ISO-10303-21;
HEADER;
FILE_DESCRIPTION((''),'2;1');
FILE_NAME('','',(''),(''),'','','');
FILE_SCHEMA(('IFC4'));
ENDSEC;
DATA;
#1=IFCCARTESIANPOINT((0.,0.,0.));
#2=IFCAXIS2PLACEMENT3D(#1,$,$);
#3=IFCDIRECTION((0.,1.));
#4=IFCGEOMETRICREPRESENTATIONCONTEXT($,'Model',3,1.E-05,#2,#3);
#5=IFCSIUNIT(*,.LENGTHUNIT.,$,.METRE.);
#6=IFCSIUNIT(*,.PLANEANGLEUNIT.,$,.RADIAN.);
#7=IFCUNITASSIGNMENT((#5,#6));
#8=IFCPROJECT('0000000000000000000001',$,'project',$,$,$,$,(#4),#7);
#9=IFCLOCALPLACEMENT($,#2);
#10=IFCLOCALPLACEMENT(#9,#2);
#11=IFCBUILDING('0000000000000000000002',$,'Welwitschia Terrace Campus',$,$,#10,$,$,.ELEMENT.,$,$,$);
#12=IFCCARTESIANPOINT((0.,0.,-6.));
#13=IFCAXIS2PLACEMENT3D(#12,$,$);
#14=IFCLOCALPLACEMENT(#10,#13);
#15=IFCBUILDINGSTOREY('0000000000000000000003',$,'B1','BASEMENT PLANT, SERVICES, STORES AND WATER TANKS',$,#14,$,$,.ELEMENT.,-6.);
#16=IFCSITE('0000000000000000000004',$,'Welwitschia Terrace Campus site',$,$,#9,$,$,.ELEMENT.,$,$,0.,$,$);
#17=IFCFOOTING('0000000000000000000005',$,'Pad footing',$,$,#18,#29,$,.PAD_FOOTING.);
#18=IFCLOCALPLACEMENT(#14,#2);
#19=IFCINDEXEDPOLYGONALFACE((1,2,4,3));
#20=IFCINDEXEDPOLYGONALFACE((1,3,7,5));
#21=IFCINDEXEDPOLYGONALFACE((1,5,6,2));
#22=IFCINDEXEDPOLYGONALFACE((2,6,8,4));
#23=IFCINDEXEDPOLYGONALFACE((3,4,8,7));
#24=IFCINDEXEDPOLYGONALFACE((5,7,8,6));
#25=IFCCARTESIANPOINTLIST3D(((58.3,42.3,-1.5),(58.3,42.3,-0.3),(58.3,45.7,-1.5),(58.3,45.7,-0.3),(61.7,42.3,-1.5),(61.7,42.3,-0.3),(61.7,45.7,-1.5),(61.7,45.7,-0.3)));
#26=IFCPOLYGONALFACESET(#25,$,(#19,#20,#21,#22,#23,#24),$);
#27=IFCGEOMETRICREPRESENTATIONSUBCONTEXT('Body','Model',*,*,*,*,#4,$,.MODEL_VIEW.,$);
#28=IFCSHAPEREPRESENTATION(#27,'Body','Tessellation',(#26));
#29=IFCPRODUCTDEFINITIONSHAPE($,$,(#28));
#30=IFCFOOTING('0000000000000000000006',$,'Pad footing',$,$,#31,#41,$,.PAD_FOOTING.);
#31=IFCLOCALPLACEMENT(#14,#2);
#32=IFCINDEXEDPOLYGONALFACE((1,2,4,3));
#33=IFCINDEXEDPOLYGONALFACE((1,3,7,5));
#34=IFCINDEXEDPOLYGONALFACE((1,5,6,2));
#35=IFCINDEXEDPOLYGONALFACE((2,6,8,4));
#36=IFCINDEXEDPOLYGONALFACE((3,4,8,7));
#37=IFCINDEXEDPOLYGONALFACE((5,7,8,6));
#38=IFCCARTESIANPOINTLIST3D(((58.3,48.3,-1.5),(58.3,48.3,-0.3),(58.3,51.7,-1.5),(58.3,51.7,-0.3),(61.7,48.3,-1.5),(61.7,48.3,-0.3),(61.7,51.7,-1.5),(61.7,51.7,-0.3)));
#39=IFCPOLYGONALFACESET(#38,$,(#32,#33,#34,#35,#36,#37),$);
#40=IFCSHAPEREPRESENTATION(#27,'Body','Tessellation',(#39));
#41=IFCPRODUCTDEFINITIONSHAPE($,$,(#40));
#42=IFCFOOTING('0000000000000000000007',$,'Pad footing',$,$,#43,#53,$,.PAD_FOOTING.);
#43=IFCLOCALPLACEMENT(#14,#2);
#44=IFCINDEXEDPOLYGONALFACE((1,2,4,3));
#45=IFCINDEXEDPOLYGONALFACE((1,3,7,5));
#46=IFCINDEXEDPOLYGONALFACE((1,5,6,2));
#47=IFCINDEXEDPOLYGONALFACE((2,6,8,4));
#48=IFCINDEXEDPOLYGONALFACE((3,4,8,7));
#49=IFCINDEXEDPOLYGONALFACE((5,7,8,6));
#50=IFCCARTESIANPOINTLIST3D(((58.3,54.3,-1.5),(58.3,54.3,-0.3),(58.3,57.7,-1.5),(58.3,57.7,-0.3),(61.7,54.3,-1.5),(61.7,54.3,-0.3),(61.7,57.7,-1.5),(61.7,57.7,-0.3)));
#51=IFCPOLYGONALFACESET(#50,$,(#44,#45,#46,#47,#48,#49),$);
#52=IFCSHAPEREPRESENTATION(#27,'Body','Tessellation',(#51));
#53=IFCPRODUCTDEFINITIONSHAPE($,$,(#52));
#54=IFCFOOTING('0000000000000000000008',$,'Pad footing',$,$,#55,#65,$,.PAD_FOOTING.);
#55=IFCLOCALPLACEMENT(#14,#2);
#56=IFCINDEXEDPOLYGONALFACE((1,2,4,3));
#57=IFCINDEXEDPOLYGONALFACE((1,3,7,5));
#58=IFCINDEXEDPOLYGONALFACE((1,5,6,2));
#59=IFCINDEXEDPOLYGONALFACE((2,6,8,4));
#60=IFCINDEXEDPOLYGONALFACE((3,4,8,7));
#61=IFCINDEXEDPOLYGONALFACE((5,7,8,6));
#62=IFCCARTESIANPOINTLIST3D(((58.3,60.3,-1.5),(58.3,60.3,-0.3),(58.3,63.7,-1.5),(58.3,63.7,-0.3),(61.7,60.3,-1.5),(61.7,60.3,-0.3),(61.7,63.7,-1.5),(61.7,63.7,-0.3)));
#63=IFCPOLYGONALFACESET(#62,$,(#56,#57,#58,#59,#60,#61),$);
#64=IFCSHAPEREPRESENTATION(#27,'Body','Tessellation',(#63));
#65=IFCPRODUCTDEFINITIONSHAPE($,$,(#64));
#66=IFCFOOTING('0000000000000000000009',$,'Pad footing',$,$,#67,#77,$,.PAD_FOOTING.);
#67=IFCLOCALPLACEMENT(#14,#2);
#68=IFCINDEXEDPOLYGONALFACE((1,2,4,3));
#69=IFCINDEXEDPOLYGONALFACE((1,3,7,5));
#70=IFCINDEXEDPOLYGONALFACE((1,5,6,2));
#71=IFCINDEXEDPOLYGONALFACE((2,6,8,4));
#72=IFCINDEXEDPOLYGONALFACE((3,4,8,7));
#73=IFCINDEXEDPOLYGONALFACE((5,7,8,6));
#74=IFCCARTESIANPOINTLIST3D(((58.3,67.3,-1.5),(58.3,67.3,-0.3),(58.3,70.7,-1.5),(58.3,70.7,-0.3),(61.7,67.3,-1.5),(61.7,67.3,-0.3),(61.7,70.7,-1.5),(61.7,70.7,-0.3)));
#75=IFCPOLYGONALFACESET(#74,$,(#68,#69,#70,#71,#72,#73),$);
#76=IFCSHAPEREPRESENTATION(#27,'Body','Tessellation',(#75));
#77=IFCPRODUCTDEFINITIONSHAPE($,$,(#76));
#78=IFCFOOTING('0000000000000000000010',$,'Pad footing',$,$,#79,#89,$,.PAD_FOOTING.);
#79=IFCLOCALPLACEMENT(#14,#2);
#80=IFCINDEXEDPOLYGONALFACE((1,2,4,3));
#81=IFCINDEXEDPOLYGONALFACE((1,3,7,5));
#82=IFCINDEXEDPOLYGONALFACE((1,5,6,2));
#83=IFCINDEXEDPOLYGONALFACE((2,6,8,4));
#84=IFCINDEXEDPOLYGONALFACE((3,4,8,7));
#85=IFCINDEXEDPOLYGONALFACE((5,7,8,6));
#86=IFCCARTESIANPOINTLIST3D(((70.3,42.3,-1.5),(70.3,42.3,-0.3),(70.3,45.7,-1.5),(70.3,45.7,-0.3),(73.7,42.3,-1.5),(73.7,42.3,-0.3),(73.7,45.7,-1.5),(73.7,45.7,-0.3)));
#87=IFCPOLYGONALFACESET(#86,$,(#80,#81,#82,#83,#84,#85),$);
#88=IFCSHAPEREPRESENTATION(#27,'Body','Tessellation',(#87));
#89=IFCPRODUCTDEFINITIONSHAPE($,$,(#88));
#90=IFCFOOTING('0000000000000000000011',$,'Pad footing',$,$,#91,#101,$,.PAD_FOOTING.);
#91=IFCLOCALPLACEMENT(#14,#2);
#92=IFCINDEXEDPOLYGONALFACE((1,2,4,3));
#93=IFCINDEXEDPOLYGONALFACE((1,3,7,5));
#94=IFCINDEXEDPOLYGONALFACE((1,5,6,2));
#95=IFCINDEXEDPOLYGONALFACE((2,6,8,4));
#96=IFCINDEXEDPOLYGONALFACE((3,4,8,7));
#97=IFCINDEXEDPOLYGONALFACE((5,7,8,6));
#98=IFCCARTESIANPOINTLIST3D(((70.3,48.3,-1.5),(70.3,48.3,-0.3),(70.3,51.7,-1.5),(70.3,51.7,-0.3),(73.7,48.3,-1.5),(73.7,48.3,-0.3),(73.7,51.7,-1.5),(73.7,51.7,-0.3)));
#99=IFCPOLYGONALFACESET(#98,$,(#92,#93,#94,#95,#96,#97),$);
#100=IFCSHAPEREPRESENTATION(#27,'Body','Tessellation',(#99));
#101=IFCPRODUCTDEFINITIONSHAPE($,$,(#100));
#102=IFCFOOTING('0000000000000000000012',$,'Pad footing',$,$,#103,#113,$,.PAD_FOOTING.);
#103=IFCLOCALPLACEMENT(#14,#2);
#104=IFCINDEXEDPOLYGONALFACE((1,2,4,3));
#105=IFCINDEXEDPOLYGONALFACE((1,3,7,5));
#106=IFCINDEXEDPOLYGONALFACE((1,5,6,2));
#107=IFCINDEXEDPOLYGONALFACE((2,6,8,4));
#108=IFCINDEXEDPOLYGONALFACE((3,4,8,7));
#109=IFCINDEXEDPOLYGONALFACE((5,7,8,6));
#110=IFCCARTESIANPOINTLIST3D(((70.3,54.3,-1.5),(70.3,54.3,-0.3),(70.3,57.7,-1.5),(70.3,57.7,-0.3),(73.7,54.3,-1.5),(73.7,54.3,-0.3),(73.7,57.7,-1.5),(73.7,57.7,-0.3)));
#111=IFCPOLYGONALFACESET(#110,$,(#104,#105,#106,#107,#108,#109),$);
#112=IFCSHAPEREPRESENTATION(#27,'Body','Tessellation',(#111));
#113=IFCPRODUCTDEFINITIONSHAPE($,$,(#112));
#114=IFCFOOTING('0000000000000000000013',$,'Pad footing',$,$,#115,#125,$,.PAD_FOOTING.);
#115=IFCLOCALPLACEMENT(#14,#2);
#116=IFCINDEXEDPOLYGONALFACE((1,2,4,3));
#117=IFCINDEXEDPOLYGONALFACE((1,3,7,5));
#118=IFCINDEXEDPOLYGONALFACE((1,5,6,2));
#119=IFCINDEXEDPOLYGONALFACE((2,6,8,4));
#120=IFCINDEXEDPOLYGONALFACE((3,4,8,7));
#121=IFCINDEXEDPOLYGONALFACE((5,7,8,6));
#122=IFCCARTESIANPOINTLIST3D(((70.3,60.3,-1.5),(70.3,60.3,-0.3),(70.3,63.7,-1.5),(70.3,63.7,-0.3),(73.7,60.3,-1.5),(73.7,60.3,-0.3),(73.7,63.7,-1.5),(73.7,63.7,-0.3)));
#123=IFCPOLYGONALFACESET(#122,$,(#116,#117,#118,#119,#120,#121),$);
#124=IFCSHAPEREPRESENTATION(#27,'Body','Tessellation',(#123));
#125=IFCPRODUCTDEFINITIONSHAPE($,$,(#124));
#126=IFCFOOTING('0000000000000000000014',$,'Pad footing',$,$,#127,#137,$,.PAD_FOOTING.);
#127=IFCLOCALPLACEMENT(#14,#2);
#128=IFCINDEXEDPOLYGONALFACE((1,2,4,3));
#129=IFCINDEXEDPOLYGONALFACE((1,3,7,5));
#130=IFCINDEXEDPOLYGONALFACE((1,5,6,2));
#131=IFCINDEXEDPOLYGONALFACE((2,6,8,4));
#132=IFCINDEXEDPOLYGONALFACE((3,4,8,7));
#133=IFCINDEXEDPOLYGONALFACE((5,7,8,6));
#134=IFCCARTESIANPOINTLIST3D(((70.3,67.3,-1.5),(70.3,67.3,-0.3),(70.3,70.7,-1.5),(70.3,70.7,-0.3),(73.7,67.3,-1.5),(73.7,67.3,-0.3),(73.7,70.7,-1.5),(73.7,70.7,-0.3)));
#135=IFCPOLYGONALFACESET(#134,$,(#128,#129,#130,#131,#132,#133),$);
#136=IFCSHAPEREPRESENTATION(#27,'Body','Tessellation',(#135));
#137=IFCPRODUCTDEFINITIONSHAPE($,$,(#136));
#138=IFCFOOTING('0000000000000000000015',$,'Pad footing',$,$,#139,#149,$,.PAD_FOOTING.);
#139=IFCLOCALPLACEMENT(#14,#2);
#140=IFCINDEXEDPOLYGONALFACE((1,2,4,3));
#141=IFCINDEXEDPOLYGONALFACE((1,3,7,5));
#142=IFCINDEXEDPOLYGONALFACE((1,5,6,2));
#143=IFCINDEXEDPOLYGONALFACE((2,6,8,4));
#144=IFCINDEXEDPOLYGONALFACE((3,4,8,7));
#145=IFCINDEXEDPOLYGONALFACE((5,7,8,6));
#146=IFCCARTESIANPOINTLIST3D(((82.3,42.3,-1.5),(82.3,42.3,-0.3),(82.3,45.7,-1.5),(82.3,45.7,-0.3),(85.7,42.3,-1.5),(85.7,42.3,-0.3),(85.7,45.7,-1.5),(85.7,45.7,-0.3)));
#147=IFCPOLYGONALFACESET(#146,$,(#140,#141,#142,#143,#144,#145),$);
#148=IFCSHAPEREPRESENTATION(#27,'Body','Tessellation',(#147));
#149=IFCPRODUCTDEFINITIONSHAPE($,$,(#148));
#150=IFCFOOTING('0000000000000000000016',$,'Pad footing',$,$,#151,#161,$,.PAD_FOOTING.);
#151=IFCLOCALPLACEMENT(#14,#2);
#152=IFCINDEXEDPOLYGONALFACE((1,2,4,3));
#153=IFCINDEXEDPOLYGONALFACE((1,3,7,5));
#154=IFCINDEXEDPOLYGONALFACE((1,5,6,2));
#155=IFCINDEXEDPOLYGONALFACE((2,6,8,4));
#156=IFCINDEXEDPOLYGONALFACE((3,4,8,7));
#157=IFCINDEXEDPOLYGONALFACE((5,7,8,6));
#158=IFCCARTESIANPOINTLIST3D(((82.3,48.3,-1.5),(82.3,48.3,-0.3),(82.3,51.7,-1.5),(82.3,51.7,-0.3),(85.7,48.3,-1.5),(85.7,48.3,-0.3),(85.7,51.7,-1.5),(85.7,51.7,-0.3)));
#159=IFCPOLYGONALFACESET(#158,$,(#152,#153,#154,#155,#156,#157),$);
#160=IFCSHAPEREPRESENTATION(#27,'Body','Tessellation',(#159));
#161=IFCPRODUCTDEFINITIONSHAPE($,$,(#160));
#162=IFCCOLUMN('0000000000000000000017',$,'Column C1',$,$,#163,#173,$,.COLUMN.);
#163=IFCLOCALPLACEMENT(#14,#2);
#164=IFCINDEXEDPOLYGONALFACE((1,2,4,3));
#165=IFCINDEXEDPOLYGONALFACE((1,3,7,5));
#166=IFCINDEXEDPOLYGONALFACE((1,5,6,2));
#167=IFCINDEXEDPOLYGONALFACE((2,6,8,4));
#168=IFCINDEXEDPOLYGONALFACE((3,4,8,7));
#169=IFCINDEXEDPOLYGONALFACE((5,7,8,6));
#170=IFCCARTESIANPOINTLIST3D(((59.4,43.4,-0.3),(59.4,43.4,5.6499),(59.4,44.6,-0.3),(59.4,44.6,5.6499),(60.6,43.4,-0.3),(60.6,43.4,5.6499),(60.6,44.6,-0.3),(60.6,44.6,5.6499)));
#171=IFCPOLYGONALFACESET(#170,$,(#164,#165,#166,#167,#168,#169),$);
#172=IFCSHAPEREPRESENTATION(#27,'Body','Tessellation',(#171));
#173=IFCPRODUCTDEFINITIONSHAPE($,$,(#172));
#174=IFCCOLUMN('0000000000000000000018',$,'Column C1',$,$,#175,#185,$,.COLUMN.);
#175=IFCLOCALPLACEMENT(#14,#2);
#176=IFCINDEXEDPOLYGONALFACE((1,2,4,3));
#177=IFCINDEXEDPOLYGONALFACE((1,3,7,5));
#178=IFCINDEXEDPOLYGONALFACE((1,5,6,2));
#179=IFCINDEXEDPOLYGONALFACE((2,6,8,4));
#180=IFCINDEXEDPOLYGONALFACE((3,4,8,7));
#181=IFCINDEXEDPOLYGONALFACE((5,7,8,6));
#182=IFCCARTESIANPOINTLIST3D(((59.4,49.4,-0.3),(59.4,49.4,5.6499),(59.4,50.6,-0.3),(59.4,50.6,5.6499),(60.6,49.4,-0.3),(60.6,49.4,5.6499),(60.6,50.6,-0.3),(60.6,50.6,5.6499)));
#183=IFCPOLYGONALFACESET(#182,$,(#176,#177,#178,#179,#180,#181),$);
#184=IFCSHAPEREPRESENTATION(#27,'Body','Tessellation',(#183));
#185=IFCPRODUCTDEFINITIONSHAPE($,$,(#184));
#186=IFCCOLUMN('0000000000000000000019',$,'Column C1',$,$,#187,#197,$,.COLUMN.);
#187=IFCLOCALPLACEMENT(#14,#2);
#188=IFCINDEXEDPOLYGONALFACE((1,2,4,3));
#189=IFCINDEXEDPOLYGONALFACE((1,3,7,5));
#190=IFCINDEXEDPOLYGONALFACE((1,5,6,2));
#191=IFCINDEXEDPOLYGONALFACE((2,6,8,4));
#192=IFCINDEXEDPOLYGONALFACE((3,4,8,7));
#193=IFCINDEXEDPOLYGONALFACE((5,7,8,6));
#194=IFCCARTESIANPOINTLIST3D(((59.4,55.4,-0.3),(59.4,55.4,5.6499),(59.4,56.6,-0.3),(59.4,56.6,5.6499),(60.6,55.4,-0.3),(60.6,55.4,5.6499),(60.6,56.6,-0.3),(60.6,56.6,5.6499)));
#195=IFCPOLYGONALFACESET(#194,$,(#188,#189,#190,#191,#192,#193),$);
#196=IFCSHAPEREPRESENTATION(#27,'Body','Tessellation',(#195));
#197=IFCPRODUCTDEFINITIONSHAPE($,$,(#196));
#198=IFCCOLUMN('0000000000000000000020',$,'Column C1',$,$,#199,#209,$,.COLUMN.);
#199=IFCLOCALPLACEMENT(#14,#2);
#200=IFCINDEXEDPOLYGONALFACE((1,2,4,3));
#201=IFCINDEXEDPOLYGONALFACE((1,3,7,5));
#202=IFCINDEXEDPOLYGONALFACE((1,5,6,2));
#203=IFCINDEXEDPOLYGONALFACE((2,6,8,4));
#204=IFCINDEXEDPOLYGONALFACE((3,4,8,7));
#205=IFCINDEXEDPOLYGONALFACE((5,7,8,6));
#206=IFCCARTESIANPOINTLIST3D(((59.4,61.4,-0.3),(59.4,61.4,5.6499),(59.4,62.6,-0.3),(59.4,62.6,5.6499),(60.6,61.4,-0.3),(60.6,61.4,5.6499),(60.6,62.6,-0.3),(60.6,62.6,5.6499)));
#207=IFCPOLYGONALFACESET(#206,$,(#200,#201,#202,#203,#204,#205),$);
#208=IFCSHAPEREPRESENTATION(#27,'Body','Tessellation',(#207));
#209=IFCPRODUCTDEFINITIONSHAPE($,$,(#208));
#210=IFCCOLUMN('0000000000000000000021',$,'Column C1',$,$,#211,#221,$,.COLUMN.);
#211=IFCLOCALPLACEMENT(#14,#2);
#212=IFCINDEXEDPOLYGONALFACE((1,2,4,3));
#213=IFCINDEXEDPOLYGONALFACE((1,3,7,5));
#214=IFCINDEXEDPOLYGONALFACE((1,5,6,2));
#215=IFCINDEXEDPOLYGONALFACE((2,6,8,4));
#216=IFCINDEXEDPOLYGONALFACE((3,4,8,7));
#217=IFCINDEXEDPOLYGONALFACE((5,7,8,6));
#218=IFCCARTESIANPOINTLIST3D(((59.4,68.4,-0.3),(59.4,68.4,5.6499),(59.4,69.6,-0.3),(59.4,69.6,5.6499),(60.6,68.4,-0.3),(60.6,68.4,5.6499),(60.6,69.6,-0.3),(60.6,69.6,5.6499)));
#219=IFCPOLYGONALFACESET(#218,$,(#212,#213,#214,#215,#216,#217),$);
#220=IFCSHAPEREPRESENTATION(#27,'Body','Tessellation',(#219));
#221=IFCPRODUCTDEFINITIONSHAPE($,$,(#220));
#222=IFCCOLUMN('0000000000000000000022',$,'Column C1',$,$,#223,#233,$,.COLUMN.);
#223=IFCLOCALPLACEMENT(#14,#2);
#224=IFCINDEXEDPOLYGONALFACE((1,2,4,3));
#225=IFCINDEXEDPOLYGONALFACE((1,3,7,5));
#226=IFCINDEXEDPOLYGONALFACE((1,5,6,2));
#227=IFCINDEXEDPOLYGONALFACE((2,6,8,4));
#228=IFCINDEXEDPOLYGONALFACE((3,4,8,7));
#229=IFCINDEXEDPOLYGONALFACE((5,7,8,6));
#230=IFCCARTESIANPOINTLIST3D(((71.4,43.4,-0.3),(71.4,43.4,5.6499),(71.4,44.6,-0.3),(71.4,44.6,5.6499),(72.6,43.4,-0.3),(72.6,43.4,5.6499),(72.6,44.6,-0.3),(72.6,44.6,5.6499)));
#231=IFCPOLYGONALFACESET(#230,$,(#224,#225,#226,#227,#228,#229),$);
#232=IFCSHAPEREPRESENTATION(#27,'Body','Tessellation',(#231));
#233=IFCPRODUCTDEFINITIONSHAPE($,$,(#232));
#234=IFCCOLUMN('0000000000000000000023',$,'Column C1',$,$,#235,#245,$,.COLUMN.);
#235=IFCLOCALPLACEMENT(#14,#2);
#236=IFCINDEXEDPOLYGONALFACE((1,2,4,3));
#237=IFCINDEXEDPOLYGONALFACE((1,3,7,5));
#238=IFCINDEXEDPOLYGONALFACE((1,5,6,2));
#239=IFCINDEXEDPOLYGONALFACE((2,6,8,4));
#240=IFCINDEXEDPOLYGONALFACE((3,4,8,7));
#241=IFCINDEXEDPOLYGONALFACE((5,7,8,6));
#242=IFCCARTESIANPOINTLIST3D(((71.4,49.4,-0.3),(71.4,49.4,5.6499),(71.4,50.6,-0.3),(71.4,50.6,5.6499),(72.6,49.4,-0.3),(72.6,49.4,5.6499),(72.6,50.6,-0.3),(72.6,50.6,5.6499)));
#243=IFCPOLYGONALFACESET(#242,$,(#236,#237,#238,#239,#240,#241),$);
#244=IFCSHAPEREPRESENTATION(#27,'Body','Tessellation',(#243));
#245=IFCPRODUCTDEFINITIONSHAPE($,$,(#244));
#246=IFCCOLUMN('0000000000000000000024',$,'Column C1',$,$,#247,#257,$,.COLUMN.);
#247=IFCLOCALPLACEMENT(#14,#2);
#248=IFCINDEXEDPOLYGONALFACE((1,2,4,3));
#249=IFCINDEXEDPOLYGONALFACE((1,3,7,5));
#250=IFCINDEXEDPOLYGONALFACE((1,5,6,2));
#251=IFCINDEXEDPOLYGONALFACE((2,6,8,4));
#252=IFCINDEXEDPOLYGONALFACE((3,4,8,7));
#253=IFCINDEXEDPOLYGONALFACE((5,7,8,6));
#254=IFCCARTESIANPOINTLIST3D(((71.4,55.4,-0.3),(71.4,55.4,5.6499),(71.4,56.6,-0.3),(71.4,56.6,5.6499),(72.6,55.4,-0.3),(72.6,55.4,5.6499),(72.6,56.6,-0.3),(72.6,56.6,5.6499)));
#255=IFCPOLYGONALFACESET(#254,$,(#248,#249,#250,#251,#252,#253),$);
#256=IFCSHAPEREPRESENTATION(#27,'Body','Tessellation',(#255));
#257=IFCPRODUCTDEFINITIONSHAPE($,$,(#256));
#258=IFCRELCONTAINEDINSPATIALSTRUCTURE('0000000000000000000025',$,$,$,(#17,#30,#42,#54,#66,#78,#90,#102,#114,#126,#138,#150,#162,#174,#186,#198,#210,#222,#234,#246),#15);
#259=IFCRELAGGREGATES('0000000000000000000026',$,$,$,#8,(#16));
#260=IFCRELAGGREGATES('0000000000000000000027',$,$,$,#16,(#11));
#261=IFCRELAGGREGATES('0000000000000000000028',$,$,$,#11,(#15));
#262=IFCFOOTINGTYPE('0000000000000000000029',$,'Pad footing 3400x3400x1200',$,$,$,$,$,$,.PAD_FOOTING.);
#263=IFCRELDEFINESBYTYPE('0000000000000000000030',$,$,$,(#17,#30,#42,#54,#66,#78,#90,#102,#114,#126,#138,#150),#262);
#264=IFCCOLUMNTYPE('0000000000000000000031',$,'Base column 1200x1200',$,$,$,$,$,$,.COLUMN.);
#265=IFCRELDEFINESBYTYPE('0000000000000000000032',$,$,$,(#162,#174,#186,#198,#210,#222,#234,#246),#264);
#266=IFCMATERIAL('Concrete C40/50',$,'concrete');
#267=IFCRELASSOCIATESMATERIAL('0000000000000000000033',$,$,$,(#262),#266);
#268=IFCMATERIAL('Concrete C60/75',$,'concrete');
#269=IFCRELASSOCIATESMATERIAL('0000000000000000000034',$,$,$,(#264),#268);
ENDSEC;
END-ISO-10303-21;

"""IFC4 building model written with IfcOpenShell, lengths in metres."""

from ifc_helpers import new_model, si_unit, direction, frame, origin, origin_2d, place, context, subcontext, project, spatial, rectangle, extrude, material, material_profile, profile_set, type_object, element, save


model = new_model("IFC4")

# Units and contexts
model_context = context("Model", 3, precision=1e-05, world=origin(), true_north=direction((0.0, 1.0)))
body_context = subcontext(model_context, "Body", "Model", "MODEL_VIEW")
ifc_project = project(units=[si_unit("LENGTHUNIT", "METRE"), si_unit("PLANEANGLEUNIT", "RADIAN")], contexts=[model_context])

# Site, building, storey
site_placement = place(None, origin())
site = spatial("IfcSite", under=ifc_project, at=site_placement, Name="Welwitschia Terrace Campus site", CompositionType="ELEMENT", RefElevation=0.0)
building_placement = place(site_placement, origin())
building = spatial("IfcBuilding", under=site, at=building_placement, Name="Welwitschia Terrace Campus", CompositionType="ELEMENT")
storey_placement = place(building_placement, frame((0.0, 0.0, -6.0)))
storey = spatial("IfcBuildingStorey", under=building, at=storey_placement, Name="B1", Description="BASEMENT PLANT, SERVICES, STORES AND WATER TANKS", CompositionType="ELEMENT", Elevation=-6.0)

# Footings
ifc_material_1 = material(Name="Concrete C40/50", Category="concrete")
footing_type = type_object("IfcFootingType", Name="Pad footing 3400x3400x1200", PredefinedType="PAD_FOOTING", material=ifc_material_1)
for number, where, z_axis, x_axis, name in (
    (1, (60.0, 44.0, -1.5), (0.0, 0.0, 1.0), (1.0, 0.0, 0.0), "Pad footing"),
    (2, (60.0, 50.0, -1.5), (0.0, 0.0, 1.0), (1.0, 0.0, 0.0), "Pad footing"),
    (3, (60.0, 56.0, -1.5), (0.0, 0.0, 1.0), (1.0, 0.0, 0.0), "Pad footing"),
    (4, (60.0, 62.0, -1.5), (0.0, 0.0, 1.0), (1.0, 0.0, 0.0), "Pad footing"),
    (5, (60.0, 69.0, -1.5), (0.0, 0.0, 1.0), (1.0, 0.0, 0.0), "Pad footing"),
    (6, (72.0, 44.0, -1.5), (0.0, 0.0, 1.0), (1.0, 0.0, 0.0), "Pad footing"),
    (7, (72.0, 50.0, -1.5), (0.0, 0.0, 1.0), (1.0, 0.0, 0.0), "Pad footing"),
    (8, (72.0, 56.0, -1.5), (0.0, 0.0, 1.0), (1.0, 0.0, 0.0), "Pad footing"),
    (9, (72.0, 62.0, -1.5), (0.0, 0.0, 1.0), (1.0, 0.0, 0.0), "Pad footing"),
    (10, (72.0, 69.0, -1.5), (0.0, 0.0, 1.0), (1.0, 0.0, 0.0), "Pad footing"),
    (11, (84.0, 44.0, -1.5), (0.0, 0.0, 1.0), (1.0, 0.0, 0.0), "Pad footing"),
    (12, (84.0, 50.0, -1.5), (0.0, 0.0, 1.0), (1.0, 0.0, 0.0), "Pad footing"),
):
    element("IfcFooting", number, at=place(storey_placement, frame(where, z_axis=z_axis, x_axis=x_axis)), inside=storey, type_object=footing_type, Name=name, PredefinedType="PAD_FOOTING", context=body_context, shape_type="SweptSolid", body=[
        extrude(rectangle(XDim=3.3999, YDim=3.3999, at=origin_2d()), origin(), (0.0, 0.0, 1.0), 1.2),
    ])

# Columns
ifc_material_2 = material(Name="Concrete C60/75", Category="concrete")
ifc_material_profile = material_profile(ifc_material_2, rectangle(XDim=1.2, YDim=1.2, at=origin_2d()))
ifc_profile_set = profile_set([ifc_material_profile], Name="Concrete C60/75")
column_type = type_object("IfcColumnType", Name="Base column 1200x1200", PredefinedType="COLUMN", material=ifc_profile_set)
for number, where, z_axis, x_axis, name in (
    (13, (60.0, 44.0, -0.3), (0.0, 0.0, 1.0), (1.0, 0.0, 0.0), "Column C1"),
    (14, (60.0, 50.0, -0.3), (0.0, 0.0, 1.0), (1.0, 0.0, 0.0), "Column C1"),
    (15, (60.0, 56.0, -0.3), (0.0, 0.0, 1.0), (1.0, 0.0, 0.0), "Column C1"),
    (16, (60.0, 62.0, -0.3), (0.0, 0.0, 1.0), (1.0, 0.0, 0.0), "Column C1"),
    (17, (60.0, 69.0, -0.3), (0.0, 0.0, 1.0), (1.0, 0.0, 0.0), "Column C1"),
    (18, (72.0, 44.0, -0.3), (0.0, 0.0, 1.0), (1.0, 0.0, 0.0), "Column C1"),
    (19, (72.0, 50.0, -0.3), (0.0, 0.0, 1.0), (1.0, 0.0, 0.0), "Column C1"),
    (20, (72.0, 56.0, -0.3), (0.0, 0.0, 1.0), (1.0, 0.0, 0.0), "Column C1"),
):
    element("IfcColumn", number, at=place(storey_placement, frame(where, z_axis=z_axis, x_axis=x_axis)), inside=storey, type_object=column_type, Name=name, PredefinedType="COLUMN", context=body_context, shape_type="SweptSolid", body=[
        extrude(rectangle(XDim=1.2, YDim=1.2, at=origin_2d()), origin(), (0.0, 0.0, 1.0), 5.95),
    ])

save(model, "model.ifc")
